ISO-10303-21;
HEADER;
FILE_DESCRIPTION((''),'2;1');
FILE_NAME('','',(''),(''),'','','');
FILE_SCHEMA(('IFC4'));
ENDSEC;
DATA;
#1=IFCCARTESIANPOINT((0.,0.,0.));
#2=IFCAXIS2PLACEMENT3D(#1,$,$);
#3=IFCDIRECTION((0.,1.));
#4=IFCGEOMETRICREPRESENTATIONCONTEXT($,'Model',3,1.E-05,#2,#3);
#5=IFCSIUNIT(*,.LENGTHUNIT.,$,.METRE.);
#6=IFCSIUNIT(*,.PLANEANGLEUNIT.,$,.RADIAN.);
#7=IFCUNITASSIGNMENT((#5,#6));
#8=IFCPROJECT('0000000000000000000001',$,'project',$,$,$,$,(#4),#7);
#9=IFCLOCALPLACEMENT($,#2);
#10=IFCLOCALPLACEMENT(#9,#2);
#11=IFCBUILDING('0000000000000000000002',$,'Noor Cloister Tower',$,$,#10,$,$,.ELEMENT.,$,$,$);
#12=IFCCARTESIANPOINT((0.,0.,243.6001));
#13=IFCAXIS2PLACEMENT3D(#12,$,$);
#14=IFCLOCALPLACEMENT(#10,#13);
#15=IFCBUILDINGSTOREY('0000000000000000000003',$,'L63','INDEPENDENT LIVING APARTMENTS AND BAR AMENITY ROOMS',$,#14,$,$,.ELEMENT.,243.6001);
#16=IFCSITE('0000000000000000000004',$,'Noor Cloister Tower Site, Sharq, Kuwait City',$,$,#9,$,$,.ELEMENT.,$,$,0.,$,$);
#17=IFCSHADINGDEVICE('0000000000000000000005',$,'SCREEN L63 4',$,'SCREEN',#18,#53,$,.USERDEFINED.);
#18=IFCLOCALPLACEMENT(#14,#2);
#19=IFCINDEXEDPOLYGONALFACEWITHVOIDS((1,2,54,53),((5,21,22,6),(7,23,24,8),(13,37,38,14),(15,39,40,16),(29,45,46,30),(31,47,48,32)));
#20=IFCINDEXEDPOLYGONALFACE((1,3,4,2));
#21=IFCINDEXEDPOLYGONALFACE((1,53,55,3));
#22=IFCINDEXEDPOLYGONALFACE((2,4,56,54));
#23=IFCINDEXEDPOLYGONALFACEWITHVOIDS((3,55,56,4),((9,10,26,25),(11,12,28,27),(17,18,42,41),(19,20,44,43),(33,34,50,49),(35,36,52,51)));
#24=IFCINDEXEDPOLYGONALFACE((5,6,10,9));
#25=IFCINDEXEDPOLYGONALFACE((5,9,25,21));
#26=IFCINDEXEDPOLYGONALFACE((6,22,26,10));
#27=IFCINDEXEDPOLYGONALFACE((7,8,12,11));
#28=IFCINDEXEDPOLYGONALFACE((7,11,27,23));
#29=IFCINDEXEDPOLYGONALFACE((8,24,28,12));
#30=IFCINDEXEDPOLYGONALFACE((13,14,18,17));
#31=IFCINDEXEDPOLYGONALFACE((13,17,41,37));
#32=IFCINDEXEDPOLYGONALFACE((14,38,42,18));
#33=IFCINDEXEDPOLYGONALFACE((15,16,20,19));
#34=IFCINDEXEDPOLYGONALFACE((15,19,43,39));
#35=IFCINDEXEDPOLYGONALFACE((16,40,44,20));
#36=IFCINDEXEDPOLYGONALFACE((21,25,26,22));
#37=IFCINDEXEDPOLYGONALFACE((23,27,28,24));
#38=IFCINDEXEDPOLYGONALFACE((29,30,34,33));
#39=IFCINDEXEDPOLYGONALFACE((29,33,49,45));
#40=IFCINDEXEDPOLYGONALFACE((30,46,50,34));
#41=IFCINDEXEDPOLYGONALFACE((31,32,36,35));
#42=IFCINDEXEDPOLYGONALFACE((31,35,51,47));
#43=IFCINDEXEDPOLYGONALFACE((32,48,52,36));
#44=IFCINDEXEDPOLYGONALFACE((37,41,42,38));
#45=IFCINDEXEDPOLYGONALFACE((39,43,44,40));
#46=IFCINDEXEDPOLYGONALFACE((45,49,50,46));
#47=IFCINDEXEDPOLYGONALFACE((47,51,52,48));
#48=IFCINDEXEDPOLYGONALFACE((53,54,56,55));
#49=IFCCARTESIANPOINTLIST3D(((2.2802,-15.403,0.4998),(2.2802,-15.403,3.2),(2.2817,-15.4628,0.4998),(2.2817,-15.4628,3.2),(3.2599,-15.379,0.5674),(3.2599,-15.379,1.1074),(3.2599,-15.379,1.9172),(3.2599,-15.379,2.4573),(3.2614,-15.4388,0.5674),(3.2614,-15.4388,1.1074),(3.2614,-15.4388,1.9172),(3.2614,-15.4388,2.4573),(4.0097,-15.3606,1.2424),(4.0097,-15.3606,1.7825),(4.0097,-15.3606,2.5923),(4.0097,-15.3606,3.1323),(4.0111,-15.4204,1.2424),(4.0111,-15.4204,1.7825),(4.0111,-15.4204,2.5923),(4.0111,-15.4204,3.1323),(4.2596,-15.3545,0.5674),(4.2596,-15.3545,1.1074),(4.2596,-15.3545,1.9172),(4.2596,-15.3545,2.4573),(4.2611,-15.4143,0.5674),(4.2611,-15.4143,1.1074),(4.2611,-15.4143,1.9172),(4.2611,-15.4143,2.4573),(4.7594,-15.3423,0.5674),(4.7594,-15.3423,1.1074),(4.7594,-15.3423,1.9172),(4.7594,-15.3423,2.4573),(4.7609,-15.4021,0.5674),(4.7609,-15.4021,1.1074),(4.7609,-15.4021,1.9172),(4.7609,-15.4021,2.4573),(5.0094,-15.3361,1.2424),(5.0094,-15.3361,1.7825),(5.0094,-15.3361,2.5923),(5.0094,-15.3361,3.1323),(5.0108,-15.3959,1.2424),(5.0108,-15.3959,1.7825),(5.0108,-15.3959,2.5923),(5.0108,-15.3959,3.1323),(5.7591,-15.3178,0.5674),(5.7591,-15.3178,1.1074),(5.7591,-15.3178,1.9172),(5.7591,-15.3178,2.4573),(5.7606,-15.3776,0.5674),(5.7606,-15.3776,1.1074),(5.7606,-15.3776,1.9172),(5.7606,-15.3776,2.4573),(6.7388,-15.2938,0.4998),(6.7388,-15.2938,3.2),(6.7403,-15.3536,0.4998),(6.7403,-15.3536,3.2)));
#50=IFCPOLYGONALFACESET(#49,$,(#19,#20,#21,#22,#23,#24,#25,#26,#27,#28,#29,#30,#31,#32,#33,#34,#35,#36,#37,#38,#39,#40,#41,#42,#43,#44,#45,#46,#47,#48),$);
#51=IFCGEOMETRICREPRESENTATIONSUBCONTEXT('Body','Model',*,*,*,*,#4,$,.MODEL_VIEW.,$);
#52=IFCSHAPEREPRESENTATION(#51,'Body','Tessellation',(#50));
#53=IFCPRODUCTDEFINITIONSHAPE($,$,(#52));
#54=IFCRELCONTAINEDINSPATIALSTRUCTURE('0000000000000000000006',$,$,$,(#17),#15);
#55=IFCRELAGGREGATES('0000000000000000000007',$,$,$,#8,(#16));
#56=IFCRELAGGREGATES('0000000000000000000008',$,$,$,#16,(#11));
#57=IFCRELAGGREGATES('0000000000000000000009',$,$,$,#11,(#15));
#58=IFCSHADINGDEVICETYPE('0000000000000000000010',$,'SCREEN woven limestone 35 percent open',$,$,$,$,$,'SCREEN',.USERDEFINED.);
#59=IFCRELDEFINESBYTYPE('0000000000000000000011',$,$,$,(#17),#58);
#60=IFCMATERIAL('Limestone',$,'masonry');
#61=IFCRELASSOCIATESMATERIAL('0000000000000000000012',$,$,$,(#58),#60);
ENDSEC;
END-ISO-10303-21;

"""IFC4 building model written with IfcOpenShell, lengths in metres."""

from ifc_helpers import new_model, si_unit, direction, frame, origin, place, context, subcontext, project, spatial, polyline, outline, extrude, material, material_profile, profile_set, type_object, element, save


model = new_model("IFC4")

# Units and contexts
model_context = context("Model", 3, precision=1e-05, world=origin(), true_north=direction((0.0, 1.0)))
body_context = subcontext(model_context, "Body", "Model", "MODEL_VIEW")
ifc_project = project(units=[si_unit("LENGTHUNIT", "METRE"), si_unit("PLANEANGLEUNIT", "RADIAN")], contexts=[model_context])

# Site, building, storey
site_placement = place(None, origin())
site = spatial("IfcSite", under=ifc_project, at=site_placement, Name="Noor Cloister Tower Site, Sharq, Kuwait City", CompositionType="ELEMENT", RefElevation=0.0)
building_placement = place(site_placement, origin())
building = spatial("IfcBuilding", under=site, at=building_placement, Name="Noor Cloister Tower", CompositionType="ELEMENT")
storey_placement = place(building_placement, frame((0.0, 0.0, 243.6001)))
storey = spatial("IfcBuildingStorey", under=building, at=storey_placement, Name="L63", Description="INDEPENDENT LIVING APARTMENTS AND BAR AMENITY ROOMS", CompositionType="ELEMENT", Elevation=243.6001)

# Shading device
ifc_material_1 = material(Name="Limestone", Category="masonry")
ifc_material_profile_1 = material_profile(ifc_material_1, outline(polyline([(-2.23, -1.3501), (2.23, -1.3501), (2.23, 1.3501), (-2.23, 1.3501), (-2.23, -1.3501)]), holes=[polyline([(-1.25, -1.2825), (-0.25, -1.2825), (-0.25, -0.7424), (-1.25, -0.7424), (-1.25, -1.2825)]), polyline([(0.25, -1.2825), (1.25, -1.2825), (1.25, -0.7424), (0.25, -0.7424), (0.25, -1.2825)]), polyline([(-0.5, -0.6074), (0.5, -0.6074), (0.5, -0.0674), (-0.5, -0.0674), (-0.5, -0.6074)]), polyline([(-1.25, 0.0674), (-0.25, 0.0674), (-0.25, 0.6074), (-1.25, 0.6074), (-1.25, 0.0674)]), polyline([(0.25, 0.0674), (1.25, 0.0674), (1.25, 0.6074), (0.25, 0.6074), (0.25, 0.0674)]), polyline([(-0.5, 0.7424), (0.5, 0.7424), (0.5, 1.2825), (-0.5, 1.2825), (-0.5, 0.7424)])]), Name="Woven screen 35 percent open")
ifc_profile_set_1 = profile_set([ifc_material_profile_1], Name="Limestone")
shading_device_type = type_object("IfcShadingDeviceType", Name="SCREEN woven limestone 35 percent open", ElementType="SCREEN", PredefinedType="USERDEFINED", material=ifc_profile_set_1)
shading_device_placement = place(storey_placement, frame((4.5095, -15.3484, 1.8499), z_axis=(0.024482, -0.9997, 0.0), x_axis=(0.9997, 0.024482, 0.0)))
element("IfcShadingDevice", 1, at=shading_device_placement, inside=storey, type_object=shading_device_type, Name="SCREEN L63 4", ObjectType="SCREEN", PredefinedType="USERDEFINED", context=body_context, shape_type="SweptSolid", body=[
    extrude(outline(polyline([(-2.23, -1.3501), (2.23, -1.3501), (2.23, 1.3501), (-2.23, 1.3501), (-2.23, -1.3501)]), holes=[polyline([(-1.25, -1.2825), (-0.25, -1.2825), (-0.25, -0.7424), (-1.25, -0.7424), (-1.25, -1.2825)]), polyline([(0.25, -1.2825), (1.25, -1.2825), (1.25, -0.7424), (0.25, -0.7424), (0.25, -1.2825)]), polyline([(-0.5, -0.6074), (0.5, -0.6074), (0.5, -0.0674), (-0.5, -0.0674), (-0.5, -0.6074)]), polyline([(-1.25, 0.0674), (-0.25, 0.0674), (-0.25, 0.6074), (-1.25, 0.6074), (-1.25, 0.0674)]), polyline([(0.25, 0.0674), (1.25, 0.0674), (1.25, 0.6074), (0.25, 0.6074), (0.25, 0.0674)]), polyline([(-0.5, 0.7424), (0.5, 0.7424), (0.5, 1.2825), (-0.5, 1.2825), (-0.5, 0.7424)])]), origin(), (0.0, 0.0, 1.0), 0.0598),
])

save(model, "model.ifc")
